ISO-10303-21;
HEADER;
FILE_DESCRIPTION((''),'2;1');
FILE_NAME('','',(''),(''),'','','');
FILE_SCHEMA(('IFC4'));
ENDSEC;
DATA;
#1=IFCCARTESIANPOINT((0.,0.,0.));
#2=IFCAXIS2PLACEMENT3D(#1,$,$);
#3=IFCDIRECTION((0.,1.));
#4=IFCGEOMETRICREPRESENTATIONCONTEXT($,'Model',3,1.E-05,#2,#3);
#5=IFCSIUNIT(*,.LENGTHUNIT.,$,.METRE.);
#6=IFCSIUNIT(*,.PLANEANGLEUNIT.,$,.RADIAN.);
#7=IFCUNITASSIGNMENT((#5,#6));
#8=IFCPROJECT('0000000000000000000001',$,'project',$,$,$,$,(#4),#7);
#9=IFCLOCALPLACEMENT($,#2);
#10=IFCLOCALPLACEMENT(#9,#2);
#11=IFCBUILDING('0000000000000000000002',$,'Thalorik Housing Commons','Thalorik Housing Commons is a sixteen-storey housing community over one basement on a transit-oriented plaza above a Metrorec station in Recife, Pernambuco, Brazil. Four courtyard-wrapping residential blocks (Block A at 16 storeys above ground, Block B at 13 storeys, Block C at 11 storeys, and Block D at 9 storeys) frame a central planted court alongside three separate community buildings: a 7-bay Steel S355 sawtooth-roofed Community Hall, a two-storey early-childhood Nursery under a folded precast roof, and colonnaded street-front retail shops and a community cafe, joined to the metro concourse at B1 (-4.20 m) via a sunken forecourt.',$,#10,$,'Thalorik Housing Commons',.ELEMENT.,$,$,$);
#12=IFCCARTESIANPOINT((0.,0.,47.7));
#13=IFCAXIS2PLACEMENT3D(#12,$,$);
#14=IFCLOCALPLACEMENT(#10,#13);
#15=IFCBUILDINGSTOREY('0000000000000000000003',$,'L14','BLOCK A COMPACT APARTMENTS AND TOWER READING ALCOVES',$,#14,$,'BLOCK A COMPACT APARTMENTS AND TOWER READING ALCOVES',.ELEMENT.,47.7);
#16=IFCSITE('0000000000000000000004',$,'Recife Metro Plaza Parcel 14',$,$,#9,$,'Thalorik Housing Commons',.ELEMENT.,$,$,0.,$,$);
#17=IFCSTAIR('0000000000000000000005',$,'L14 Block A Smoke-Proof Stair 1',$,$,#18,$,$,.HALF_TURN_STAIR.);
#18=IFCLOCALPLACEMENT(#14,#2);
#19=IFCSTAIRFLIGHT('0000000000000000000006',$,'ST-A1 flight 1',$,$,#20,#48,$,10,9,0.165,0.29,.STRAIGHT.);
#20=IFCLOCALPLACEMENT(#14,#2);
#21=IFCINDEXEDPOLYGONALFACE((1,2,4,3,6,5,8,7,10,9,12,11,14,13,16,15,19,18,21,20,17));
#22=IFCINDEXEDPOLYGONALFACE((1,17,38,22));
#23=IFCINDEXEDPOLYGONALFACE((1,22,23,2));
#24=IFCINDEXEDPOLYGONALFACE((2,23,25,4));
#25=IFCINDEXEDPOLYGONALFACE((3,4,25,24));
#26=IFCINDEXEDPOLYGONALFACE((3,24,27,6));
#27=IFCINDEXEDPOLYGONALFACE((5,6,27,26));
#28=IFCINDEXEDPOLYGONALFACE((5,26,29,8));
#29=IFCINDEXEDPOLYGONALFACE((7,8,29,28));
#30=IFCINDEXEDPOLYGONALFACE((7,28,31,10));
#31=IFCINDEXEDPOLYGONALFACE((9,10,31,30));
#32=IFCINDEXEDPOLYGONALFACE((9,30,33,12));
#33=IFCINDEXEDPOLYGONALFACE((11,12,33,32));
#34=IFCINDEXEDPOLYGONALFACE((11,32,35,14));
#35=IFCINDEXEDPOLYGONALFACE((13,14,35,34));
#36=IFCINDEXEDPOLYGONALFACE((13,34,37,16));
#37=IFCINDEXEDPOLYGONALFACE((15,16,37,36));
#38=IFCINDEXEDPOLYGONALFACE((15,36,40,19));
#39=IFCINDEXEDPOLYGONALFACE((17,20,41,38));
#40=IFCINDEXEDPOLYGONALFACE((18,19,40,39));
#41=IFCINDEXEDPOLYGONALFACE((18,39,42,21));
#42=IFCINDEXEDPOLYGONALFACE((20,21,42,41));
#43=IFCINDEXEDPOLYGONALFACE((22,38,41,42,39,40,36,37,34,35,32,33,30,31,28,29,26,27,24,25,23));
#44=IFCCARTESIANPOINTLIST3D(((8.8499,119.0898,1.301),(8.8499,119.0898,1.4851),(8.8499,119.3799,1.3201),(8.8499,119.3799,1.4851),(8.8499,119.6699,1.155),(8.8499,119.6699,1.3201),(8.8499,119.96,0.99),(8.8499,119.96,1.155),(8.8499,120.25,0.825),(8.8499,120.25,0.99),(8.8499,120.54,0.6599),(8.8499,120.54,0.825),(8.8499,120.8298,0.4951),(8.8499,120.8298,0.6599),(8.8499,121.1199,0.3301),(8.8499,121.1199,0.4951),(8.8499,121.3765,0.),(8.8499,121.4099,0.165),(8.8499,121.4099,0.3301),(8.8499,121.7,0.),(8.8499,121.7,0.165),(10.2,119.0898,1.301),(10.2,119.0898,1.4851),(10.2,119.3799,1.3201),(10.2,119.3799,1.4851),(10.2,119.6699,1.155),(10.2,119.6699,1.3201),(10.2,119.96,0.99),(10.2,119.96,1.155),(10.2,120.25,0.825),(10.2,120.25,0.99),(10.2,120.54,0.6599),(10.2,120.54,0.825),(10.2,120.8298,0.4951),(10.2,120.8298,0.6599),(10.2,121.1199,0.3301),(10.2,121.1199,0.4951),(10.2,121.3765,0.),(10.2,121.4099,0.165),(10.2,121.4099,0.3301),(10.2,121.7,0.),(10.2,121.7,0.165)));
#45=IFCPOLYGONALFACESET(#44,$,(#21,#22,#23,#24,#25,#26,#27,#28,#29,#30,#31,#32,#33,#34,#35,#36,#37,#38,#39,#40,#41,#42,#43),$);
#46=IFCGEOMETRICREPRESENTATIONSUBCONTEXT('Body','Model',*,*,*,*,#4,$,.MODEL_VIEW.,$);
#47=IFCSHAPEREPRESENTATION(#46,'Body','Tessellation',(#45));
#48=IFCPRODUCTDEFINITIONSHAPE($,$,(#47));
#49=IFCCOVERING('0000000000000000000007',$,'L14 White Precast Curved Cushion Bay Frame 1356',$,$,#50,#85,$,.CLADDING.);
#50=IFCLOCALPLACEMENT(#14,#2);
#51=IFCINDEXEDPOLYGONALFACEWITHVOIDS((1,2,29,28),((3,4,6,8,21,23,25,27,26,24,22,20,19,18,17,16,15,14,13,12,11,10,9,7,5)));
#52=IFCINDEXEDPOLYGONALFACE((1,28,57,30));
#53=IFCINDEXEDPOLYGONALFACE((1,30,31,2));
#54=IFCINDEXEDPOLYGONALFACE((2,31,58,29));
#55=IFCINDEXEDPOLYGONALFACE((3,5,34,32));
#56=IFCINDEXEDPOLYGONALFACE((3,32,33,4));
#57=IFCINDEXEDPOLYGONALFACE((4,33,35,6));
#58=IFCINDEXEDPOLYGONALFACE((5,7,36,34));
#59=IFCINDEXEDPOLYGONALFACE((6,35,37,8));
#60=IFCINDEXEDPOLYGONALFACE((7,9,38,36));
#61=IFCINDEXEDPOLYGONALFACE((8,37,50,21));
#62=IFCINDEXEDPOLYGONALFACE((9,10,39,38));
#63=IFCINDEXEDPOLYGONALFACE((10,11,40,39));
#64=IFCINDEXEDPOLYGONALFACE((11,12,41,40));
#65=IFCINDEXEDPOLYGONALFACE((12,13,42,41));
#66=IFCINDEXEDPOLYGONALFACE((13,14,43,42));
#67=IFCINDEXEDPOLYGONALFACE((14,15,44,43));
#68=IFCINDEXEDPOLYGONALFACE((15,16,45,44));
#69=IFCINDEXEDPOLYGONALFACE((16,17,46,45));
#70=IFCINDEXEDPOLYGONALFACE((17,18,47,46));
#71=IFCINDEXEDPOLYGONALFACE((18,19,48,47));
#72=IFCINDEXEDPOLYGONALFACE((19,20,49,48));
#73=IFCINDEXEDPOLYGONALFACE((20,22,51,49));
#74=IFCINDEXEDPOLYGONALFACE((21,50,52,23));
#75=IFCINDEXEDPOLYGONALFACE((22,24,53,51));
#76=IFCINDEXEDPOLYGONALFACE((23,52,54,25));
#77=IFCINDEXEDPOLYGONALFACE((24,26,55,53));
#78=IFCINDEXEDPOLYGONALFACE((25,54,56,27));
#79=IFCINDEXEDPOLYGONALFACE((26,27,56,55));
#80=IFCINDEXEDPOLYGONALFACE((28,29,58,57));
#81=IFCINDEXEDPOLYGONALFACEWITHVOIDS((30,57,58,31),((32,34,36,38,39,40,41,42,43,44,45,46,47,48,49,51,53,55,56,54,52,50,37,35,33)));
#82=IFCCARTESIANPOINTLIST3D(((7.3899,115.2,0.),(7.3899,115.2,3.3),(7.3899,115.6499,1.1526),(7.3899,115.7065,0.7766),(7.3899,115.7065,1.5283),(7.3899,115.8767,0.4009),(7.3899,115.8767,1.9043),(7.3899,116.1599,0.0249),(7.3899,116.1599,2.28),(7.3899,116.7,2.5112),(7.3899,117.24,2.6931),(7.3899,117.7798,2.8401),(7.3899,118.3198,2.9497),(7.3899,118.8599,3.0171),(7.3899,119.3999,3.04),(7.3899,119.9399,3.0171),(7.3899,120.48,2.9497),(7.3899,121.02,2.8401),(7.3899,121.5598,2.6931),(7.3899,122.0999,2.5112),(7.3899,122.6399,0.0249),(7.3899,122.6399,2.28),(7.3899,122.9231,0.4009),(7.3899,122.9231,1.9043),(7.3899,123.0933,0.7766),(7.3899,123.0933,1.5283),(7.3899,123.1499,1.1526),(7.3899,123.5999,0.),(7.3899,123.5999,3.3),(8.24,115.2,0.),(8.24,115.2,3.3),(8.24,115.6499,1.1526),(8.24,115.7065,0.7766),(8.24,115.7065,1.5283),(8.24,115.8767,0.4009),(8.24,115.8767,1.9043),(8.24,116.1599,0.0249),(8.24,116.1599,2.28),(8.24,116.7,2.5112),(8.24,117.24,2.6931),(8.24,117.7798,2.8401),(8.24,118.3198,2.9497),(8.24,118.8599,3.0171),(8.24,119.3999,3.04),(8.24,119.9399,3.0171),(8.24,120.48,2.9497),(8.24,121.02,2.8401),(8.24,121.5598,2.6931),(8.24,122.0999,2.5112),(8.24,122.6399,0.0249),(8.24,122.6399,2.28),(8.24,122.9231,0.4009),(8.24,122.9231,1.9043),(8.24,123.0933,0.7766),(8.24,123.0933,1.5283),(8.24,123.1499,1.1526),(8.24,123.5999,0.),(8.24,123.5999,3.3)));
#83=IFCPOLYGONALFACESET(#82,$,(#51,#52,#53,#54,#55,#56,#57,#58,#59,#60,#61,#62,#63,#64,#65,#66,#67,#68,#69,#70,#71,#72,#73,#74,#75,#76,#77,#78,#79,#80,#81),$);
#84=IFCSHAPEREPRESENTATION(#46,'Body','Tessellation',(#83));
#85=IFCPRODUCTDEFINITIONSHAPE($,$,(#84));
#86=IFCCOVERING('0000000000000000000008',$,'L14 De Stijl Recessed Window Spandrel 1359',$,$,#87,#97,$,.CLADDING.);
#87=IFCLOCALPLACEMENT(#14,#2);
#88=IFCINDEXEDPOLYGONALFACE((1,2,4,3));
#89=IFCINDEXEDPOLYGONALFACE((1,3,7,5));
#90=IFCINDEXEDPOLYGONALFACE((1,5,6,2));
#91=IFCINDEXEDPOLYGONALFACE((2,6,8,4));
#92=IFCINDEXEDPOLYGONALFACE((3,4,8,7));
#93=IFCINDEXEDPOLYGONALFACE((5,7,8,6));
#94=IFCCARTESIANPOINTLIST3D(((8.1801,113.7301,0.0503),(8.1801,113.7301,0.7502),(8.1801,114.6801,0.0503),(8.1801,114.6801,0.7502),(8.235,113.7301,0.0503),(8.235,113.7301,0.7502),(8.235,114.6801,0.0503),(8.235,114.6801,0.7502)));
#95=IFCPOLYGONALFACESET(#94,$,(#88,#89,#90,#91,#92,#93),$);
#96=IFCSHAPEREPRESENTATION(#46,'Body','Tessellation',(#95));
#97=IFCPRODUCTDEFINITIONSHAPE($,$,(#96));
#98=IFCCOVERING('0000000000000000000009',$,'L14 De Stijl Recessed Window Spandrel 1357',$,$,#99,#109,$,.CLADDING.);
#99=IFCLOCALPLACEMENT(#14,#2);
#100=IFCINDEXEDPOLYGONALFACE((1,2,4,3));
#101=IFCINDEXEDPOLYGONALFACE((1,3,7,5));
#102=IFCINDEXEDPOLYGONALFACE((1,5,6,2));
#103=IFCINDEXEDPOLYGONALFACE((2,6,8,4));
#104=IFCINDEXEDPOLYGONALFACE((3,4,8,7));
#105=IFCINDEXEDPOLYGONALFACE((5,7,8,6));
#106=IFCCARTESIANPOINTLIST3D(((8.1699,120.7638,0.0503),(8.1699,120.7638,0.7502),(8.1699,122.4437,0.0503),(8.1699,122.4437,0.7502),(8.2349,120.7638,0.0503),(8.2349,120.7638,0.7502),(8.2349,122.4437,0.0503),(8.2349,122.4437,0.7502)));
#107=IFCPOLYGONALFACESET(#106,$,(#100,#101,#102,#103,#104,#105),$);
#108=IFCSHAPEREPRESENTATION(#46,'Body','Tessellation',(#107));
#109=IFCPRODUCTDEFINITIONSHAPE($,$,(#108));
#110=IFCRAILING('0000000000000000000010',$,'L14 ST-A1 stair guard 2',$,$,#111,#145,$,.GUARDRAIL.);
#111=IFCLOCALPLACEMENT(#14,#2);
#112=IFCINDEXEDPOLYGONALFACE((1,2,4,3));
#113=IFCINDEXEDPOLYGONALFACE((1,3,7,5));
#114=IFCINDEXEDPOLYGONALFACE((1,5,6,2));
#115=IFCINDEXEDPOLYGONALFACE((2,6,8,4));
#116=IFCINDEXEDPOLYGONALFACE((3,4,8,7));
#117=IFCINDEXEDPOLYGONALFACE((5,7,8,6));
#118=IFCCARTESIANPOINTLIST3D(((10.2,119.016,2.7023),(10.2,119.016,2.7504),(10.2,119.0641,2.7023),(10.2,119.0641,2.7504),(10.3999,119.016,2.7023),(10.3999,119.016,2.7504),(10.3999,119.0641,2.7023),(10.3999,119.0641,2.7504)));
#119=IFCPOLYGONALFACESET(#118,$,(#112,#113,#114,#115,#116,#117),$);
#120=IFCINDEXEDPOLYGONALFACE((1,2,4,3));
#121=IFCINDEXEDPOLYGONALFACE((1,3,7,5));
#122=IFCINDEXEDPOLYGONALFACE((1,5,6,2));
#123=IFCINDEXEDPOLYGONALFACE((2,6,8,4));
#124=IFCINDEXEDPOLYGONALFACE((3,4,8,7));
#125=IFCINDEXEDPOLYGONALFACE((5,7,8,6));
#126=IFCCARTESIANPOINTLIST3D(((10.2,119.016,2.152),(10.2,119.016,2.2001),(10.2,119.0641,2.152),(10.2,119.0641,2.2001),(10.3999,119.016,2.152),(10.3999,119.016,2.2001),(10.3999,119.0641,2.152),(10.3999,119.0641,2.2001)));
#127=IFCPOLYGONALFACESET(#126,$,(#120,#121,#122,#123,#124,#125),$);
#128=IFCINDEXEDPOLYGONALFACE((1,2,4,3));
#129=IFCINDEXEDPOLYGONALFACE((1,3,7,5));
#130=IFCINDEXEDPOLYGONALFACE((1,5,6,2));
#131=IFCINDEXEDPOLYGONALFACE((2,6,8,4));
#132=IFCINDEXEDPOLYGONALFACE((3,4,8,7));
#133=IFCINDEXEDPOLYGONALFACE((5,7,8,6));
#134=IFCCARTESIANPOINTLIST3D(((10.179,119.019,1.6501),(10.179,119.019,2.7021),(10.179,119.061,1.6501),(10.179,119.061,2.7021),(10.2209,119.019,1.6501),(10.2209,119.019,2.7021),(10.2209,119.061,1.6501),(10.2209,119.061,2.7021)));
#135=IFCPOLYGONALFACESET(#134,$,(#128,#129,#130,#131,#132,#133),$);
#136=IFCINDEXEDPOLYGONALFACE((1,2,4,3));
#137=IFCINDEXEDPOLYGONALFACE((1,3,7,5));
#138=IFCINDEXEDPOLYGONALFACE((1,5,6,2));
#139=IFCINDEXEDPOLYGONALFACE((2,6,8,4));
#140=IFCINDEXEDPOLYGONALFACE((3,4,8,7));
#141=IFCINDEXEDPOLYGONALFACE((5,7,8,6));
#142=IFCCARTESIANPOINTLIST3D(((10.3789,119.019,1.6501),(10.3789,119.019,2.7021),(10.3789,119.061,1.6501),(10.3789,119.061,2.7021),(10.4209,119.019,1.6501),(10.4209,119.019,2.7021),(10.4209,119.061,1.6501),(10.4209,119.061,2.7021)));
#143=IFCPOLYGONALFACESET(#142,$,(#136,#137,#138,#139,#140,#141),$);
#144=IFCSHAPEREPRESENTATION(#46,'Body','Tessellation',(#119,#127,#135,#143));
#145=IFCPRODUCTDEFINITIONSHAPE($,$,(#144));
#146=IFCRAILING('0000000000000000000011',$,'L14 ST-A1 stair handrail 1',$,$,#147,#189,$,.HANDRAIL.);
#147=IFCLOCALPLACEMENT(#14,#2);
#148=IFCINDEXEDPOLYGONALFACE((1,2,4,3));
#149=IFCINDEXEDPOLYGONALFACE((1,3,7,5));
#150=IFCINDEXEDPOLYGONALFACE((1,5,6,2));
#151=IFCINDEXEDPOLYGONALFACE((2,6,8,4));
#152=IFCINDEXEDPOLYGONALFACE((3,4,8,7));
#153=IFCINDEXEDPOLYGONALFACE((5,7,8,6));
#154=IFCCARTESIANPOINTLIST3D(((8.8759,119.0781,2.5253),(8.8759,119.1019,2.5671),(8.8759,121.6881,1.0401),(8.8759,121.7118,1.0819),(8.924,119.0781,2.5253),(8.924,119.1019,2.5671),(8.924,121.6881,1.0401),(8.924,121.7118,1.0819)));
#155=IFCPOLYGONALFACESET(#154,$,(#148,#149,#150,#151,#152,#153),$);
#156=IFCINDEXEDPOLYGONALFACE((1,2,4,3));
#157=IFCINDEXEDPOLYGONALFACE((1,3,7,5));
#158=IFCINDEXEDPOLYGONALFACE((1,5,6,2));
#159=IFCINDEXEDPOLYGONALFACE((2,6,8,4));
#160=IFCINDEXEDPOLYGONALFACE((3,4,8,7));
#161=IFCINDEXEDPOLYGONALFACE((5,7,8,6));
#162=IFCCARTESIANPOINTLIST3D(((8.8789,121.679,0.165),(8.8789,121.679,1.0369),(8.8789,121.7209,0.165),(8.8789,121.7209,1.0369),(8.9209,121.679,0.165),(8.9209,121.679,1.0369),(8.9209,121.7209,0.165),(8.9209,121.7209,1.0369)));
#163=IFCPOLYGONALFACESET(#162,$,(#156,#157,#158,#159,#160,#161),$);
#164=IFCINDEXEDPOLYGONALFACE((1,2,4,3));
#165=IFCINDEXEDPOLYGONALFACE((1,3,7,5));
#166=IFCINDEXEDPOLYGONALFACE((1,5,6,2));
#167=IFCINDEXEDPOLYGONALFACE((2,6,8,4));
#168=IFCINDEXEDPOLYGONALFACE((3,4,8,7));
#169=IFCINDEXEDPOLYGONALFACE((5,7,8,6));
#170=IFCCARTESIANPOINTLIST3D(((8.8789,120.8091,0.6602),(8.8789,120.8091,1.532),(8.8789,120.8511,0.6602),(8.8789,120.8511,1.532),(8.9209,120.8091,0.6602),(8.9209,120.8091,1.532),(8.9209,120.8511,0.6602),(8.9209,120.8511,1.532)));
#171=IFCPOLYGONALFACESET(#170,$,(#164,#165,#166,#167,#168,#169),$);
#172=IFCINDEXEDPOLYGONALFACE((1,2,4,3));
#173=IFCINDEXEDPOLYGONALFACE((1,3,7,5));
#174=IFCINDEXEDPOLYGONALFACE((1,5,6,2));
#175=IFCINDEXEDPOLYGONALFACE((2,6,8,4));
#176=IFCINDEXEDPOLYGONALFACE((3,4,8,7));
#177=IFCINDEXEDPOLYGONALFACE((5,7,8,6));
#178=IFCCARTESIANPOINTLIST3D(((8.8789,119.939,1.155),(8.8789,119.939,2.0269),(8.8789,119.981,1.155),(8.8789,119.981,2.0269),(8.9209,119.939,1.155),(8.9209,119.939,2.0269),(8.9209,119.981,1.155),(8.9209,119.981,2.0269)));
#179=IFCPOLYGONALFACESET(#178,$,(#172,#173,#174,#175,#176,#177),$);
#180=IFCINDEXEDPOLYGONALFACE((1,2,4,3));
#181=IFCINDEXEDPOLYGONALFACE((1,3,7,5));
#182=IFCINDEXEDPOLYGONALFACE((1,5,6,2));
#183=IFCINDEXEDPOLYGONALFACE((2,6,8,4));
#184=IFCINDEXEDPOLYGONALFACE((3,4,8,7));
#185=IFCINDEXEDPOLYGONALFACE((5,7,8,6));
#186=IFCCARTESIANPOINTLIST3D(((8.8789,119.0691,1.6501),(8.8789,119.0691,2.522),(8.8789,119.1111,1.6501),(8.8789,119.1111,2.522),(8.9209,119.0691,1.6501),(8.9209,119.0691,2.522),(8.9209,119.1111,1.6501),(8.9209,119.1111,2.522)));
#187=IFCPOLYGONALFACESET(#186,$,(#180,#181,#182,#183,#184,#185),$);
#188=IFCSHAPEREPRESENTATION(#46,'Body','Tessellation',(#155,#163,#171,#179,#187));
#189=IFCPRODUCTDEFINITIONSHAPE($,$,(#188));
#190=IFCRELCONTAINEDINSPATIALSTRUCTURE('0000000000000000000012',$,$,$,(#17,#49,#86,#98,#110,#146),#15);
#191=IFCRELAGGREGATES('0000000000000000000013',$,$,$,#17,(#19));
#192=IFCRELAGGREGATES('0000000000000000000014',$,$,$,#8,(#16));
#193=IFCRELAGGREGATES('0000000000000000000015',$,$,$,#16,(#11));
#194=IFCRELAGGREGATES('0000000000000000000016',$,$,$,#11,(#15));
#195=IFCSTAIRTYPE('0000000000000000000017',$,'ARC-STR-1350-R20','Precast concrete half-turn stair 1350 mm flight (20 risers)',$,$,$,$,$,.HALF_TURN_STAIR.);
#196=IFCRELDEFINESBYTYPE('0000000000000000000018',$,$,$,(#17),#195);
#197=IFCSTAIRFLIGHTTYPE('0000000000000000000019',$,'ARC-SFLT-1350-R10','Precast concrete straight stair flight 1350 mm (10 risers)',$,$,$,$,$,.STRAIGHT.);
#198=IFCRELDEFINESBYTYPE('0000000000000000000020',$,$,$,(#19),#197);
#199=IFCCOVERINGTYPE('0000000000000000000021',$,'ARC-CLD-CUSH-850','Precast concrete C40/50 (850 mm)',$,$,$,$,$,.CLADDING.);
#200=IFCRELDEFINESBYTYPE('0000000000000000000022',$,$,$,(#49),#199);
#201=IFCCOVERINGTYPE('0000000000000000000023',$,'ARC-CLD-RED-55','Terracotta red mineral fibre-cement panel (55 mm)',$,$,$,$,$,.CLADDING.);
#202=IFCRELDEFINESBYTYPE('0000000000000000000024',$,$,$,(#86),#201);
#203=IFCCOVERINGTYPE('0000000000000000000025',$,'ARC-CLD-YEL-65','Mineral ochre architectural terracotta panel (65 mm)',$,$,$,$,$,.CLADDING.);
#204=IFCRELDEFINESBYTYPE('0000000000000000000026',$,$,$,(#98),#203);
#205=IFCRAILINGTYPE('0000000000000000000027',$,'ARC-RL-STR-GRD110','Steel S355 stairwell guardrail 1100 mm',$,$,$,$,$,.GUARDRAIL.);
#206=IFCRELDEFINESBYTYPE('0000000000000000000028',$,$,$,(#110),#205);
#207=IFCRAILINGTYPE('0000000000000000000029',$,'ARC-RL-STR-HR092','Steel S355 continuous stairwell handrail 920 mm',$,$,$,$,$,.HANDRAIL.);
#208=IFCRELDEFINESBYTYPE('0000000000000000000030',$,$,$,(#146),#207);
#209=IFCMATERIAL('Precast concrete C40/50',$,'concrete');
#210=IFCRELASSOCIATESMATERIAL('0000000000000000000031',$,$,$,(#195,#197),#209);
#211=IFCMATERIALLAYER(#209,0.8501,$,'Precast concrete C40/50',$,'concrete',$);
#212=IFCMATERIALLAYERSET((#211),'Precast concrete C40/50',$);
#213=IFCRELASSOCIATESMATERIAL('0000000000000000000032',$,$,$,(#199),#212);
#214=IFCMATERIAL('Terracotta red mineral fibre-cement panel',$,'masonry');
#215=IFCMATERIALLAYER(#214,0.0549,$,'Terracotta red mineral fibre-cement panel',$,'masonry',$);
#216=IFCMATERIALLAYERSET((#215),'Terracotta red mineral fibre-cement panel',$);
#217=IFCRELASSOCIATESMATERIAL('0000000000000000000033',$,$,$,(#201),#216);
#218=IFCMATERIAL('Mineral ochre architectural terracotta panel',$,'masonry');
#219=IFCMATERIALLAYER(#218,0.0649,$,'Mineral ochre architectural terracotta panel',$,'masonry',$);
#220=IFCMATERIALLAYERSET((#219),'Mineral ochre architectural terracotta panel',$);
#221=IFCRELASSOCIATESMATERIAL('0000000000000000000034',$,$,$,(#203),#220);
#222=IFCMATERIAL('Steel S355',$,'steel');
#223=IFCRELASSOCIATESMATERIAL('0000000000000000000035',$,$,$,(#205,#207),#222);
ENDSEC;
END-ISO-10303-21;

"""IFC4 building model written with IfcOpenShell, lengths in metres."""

from ifc_helpers import new_model, si_unit, direction, frame, origin, origin_2d, place, context, subcontext, project, spatial, polyline, rectangle, outline, extrude, material, layer, layer_set, type_object, element, aggregate, save


model = new_model("IFC4")

# Units and contexts
model_context = context("Model", 3, precision=1e-05, world=origin(), true_north=direction((0.0, 1.0)))
body_context = subcontext(model_context, "Body", "Model", "MODEL_VIEW")
ifc_project = project(units=[si_unit("LENGTHUNIT", "METRE"), si_unit("PLANEANGLEUNIT", "RADIAN")], contexts=[model_context])

# Site, building, storey
site_placement = place(None, origin())
site = spatial("IfcSite", under=ifc_project, at=site_placement, Name="Recife Metro Plaza Parcel 14", LongName="Thalorik Housing Commons", CompositionType="ELEMENT", RefElevation=0.0)
building_placement = place(site_placement, origin())
building = spatial("IfcBuilding", under=site, at=building_placement, Name="Thalorik Housing Commons", Description="Thalorik Housing Commons is a sixteen-storey housing community over one basement on a transit-oriented plaza above a Metrorec station in Recife, Pernambuco, Brazil. Four courtyard-wrapping residential blocks (Block A at 16 storeys above ground, Block B at 13 storeys, Block C at 11 storeys, and Block D at 9 storeys) frame a central planted court alongside three separate community buildings: a 7-bay Steel S355 sawtooth-roofed Community Hall, a two-storey early-childhood Nursery under a folded precast roof, and colonnaded street-front retail shops and a community cafe, joined to the metro concourse at B1 (-4.20 m) via a sunken forecourt.", LongName="Thalorik Housing Commons", CompositionType="ELEMENT")
storey_placement = place(building_placement, frame((0.0, 0.0, 47.7)))
storey = spatial("IfcBuildingStorey", under=building, at=storey_placement, Name="L14", Description="BLOCK A COMPACT APARTMENTS AND TOWER READING ALCOVES", LongName="BLOCK A COMPACT APARTMENTS AND TOWER READING ALCOVES", CompositionType="ELEMENT", Elevation=47.7)

# Shared definitions
ifc_material_1 = material(Name="Precast concrete C40/50", Category="concrete")

# Shared definitions
ifc_material_2 = material(Name="Steel S355", Category="steel")

# Stair, stair flight
stair_type = type_object("IfcStairType", Name="ARC-STR-1350-R20", Description="Precast concrete half-turn stair 1350 mm flight (20 risers)", PredefinedType="HALF_TURN_STAIR", material=ifc_material_1)
stair_placement = place(storey_placement, origin())
stair = element("IfcStair", 1, at=stair_placement, inside=storey, type_object=stair_type, Name="L14 Block A Smoke-Proof Stair 1", PredefinedType="HALF_TURN_STAIR")
stair_flight_type = type_object("IfcStairFlightType", Name="ARC-SFLT-1350-R10", Description="Precast concrete straight stair flight 1350 mm (10 risers)", PredefinedType="STRAIGHT", material=ifc_material_1)
stair_flight_placement = place(storey_placement, frame((9.5249, 121.7, 0.0), z_axis=(0.0, 0.0, 1.0), x_axis=(0.0, -1.0, 0.0)))
stair_flight = element("IfcStairFlight", 2, at=stair_flight_placement, type_object=stair_flight_type, Name="ST-A1 flight 1", NumberOfRisers=10, NumberOfTreads=9, PredefinedType="STRAIGHT", RiserHeight=0.165, TreadLength=0.29, context=body_context, shape_type="SweptSolid", body=[
    extrude(outline(polyline([(0.0, 0.0), (0.0, 0.165), (0.29, 0.165), (0.29, 0.3301), (0.5801, 0.3301), (0.5801, 0.4951), (0.8701, 0.4951), (0.8701, 0.6599), (1.1599, 0.6599), (1.1599, 0.825), (1.45, 0.825), (1.45, 0.99), (1.74, 0.99), (1.74, 1.155), (2.03, 1.155), (2.03, 1.3201), (2.3201, 1.3201), (2.3201, 1.4851), (2.6101, 1.4851), (2.6101, 1.6499), (2.6101, 1.301), (0.3235, 0.0), (0.0, 0.0)])), frame((0.0, 0.675, 0.0), z_axis=(0.0, -1.0, 0.0), x_axis=(1.0, 0.0, 0.0)), (0.0, 0.0, 1.0), 1.3501),
])
aggregate(stair, [stair_flight])

# Coverings
ifc_layer_1 = layer(ifc_material_1, 0.8501, Name="Precast concrete C40/50", Category="concrete")
ifc_layer_set_1 = layer_set([ifc_layer_1], Name="Precast concrete C40/50")
covering_type_1 = type_object("IfcCoveringType", Name="ARC-CLD-CUSH-850", Description="Precast concrete C40/50 (850 mm)", PredefinedType="CLADDING", material=ifc_layer_set_1)
covering_1_placement = place(storey_placement, frame((7.8149, 119.3999, 0.0), z_axis=(0.0, 0.0, 1.0), x_axis=(0.0, -1.0, 0.0)))
element("IfcCovering", 3, at=covering_1_placement, inside=storey, type_object=covering_type_1, Name="L14 White Precast Curved Cushion Bay Frame 1356", PredefinedType="CLADDING", context=body_context, shape_type="SweptSolid", body=[
    extrude(outline(polyline([(-4.2, 0.0), (4.2, 0.0), (4.2, 3.3), (-4.2, 3.3), (-4.2, 0.0)]), holes=[polyline([(3.24, 0.0249), (3.5232, 0.4009), (3.6934, 0.7766), (3.75, 1.1526), (3.6934, 1.5283), (3.5232, 1.9043), (3.24, 2.28), (2.7, 2.5112), (2.1599, 2.6931), (1.6201, 2.8401), (1.0801, 2.9497), (0.54, 3.0171), (0.0, 3.04), (-0.54, 3.0171), (-1.0801, 2.9497), (-1.6201, 2.8401), (-2.1599, 2.6931), (-2.7, 2.5112), (-3.24, 2.28), (-3.5232, 1.9043), (-3.6934, 1.5283), (-3.75, 1.1526), (-3.6934, 0.7766), (-3.5232, 0.4009), (-3.24, 0.0249), (3.24, 0.0249)])]), frame((0.0, 0.425, 0.0), z_axis=(0.0, -1.0, 0.0), x_axis=(1.0, 0.0, 0.0)), (0.0, 0.0, 1.0), 0.8501),
])
ifc_material_3 = material(Name="Terracotta red mineral fibre-cement panel", Category="masonry")
ifc_layer_2 = layer(ifc_material_3, 0.0549, Name="Terracotta red mineral fibre-cement panel", Category="masonry")
ifc_layer_set_2 = layer_set([ifc_layer_2], Name="Terracotta red mineral fibre-cement panel")
covering_type_2 = type_object("IfcCoveringType", Name="ARC-CLD-RED-55", Description="Terracotta red mineral fibre-cement panel (55 mm)", PredefinedType="CLADDING", material=ifc_layer_set_2)
covering_2_placement = place(storey_placement, frame((8.2075, 114.2051, 0.0503), z_axis=(0.0, 0.0, 1.0), x_axis=(0.0, -1.0, 0.0)))
element("IfcCovering", 4, at=covering_2_placement, inside=storey, type_object=covering_type_2, Name="L14 De Stijl Recessed Window Spandrel 1359", PredefinedType="CLADDING", context=body_context, shape_type="SweptSolid", body=[
    extrude(rectangle(XDim=0.95, YDim=0.0549, at=origin_2d()), origin(), (0.0, 0.0, 1.0), 0.7),
])
ifc_material_4 = material(Name="Mineral ochre architectural terracotta panel", Category="masonry")
ifc_layer_3 = layer(ifc_material_4, 0.0649, Name="Mineral ochre architectural terracotta panel", Category="masonry")
ifc_layer_set_3 = layer_set([ifc_layer_3], Name="Mineral ochre architectural terracotta panel")
covering_type_3 = type_object("IfcCoveringType", Name="ARC-CLD-YEL-65", Description="Mineral ochre architectural terracotta panel (65 mm)", PredefinedType="CLADDING", material=ifc_layer_set_3)
covering_3_placement = place(storey_placement, frame((8.2024, 121.6038, 0.0503), z_axis=(0.0, 0.0, 1.0), x_axis=(0.0, -1.0, 0.0)))
element("IfcCovering", 5, at=covering_3_placement, inside=storey, type_object=covering_type_3, Name="L14 De Stijl Recessed Window Spandrel 1357", PredefinedType="CLADDING", context=body_context, shape_type="SweptSolid", body=[
    extrude(rectangle(XDim=1.6799, YDim=0.0649, at=origin_2d()), origin(), (0.0, 0.0, 1.0), 0.7),
])

# Railings
railing_type_1 = type_object("IfcRailingType", Name="ARC-RL-STR-GRD110", Description="Steel S355 stairwell guardrail 1100 mm", PredefinedType="GUARDRAIL", material=ifc_material_2)
railing_1_placement = place(storey_placement, frame((10.2, 119.04, 1.6501)))
element("IfcRailing", 6, at=railing_1_placement, inside=storey, type_object=railing_type_1, Name="L14 ST-A1 stair guard 2", PredefinedType="GUARDRAIL", context=body_context, shape_type="SweptSolid", body=[
    extrude(rectangle(XDim=0.0481, YDim=0.0481, at=origin_2d()), frame((0.0, 0.0, 1.0762), z_axis=(1.0, 0.0, 0.0), x_axis=(0.0, 1.0, 0.0)), (0.0, 0.0, 1.0), 0.2),
    extrude(rectangle(XDim=0.0481, YDim=0.0481, at=origin_2d()), frame((0.0, 0.0, 0.5259), z_axis=(1.0, 0.0, 0.0), x_axis=(0.0, 1.0, 0.0)), (0.0, 0.0, 1.0), 0.2),
    extrude(rectangle(XDim=0.042, YDim=0.042, at=origin_2d()), origin(), (0.0, 0.0, 1.0), 1.052),
    extrude(rectangle(XDim=0.042, YDim=0.042, at=origin_2d()), frame((0.2, 0.0, 0.0)), (0.0, 0.0, 1.0), 1.052),
])
railing_type_2 = type_object("IfcRailingType", Name="ARC-RL-STR-HR092", Description="Steel S355 continuous stairwell handrail 920 mm", PredefinedType="HANDRAIL", material=ifc_material_2)
railing_2_placement = place(storey_placement, frame((8.8999, 121.7, 0.165)))
element("IfcRailing", 7, at=railing_2_placement, inside=storey, type_object=railing_type_2, Name="L14 ST-A1 stair handrail 1", PredefinedType="HANDRAIL", context=body_context, shape_type="SweptSolid", body=[
    extrude(rectangle(XDim=0.0481, YDim=0.0481, at=origin_2d()), frame((0.0, 0.0, 0.896), z_axis=(0.0, -0.869137, 0.494571), x_axis=(1.0, 0.0, 0.0)), (0.0, 0.0, 1.0), 3.0029),
    extrude(rectangle(XDim=0.042, YDim=0.042, at=origin_2d()), origin(), (0.0, 0.0, 1.0), 0.8718),
    extrude(rectangle(XDim=0.042, YDim=0.042, at=origin_2d()), frame((0.0, -0.8699, 0.4951)), (0.0, 0.0, 1.0), 0.8718),
    extrude(rectangle(XDim=0.042, YDim=0.042, at=origin_2d()), frame((0.0, -1.74, 0.99)), (0.0, 0.0, 1.0), 0.8718),
    extrude(rectangle(XDim=0.042, YDim=0.042, at=origin_2d()), frame((0.0, -2.6099, 1.4851)), (0.0, 0.0, 1.0), 0.8718),
])

save(model, "model.ifc")
